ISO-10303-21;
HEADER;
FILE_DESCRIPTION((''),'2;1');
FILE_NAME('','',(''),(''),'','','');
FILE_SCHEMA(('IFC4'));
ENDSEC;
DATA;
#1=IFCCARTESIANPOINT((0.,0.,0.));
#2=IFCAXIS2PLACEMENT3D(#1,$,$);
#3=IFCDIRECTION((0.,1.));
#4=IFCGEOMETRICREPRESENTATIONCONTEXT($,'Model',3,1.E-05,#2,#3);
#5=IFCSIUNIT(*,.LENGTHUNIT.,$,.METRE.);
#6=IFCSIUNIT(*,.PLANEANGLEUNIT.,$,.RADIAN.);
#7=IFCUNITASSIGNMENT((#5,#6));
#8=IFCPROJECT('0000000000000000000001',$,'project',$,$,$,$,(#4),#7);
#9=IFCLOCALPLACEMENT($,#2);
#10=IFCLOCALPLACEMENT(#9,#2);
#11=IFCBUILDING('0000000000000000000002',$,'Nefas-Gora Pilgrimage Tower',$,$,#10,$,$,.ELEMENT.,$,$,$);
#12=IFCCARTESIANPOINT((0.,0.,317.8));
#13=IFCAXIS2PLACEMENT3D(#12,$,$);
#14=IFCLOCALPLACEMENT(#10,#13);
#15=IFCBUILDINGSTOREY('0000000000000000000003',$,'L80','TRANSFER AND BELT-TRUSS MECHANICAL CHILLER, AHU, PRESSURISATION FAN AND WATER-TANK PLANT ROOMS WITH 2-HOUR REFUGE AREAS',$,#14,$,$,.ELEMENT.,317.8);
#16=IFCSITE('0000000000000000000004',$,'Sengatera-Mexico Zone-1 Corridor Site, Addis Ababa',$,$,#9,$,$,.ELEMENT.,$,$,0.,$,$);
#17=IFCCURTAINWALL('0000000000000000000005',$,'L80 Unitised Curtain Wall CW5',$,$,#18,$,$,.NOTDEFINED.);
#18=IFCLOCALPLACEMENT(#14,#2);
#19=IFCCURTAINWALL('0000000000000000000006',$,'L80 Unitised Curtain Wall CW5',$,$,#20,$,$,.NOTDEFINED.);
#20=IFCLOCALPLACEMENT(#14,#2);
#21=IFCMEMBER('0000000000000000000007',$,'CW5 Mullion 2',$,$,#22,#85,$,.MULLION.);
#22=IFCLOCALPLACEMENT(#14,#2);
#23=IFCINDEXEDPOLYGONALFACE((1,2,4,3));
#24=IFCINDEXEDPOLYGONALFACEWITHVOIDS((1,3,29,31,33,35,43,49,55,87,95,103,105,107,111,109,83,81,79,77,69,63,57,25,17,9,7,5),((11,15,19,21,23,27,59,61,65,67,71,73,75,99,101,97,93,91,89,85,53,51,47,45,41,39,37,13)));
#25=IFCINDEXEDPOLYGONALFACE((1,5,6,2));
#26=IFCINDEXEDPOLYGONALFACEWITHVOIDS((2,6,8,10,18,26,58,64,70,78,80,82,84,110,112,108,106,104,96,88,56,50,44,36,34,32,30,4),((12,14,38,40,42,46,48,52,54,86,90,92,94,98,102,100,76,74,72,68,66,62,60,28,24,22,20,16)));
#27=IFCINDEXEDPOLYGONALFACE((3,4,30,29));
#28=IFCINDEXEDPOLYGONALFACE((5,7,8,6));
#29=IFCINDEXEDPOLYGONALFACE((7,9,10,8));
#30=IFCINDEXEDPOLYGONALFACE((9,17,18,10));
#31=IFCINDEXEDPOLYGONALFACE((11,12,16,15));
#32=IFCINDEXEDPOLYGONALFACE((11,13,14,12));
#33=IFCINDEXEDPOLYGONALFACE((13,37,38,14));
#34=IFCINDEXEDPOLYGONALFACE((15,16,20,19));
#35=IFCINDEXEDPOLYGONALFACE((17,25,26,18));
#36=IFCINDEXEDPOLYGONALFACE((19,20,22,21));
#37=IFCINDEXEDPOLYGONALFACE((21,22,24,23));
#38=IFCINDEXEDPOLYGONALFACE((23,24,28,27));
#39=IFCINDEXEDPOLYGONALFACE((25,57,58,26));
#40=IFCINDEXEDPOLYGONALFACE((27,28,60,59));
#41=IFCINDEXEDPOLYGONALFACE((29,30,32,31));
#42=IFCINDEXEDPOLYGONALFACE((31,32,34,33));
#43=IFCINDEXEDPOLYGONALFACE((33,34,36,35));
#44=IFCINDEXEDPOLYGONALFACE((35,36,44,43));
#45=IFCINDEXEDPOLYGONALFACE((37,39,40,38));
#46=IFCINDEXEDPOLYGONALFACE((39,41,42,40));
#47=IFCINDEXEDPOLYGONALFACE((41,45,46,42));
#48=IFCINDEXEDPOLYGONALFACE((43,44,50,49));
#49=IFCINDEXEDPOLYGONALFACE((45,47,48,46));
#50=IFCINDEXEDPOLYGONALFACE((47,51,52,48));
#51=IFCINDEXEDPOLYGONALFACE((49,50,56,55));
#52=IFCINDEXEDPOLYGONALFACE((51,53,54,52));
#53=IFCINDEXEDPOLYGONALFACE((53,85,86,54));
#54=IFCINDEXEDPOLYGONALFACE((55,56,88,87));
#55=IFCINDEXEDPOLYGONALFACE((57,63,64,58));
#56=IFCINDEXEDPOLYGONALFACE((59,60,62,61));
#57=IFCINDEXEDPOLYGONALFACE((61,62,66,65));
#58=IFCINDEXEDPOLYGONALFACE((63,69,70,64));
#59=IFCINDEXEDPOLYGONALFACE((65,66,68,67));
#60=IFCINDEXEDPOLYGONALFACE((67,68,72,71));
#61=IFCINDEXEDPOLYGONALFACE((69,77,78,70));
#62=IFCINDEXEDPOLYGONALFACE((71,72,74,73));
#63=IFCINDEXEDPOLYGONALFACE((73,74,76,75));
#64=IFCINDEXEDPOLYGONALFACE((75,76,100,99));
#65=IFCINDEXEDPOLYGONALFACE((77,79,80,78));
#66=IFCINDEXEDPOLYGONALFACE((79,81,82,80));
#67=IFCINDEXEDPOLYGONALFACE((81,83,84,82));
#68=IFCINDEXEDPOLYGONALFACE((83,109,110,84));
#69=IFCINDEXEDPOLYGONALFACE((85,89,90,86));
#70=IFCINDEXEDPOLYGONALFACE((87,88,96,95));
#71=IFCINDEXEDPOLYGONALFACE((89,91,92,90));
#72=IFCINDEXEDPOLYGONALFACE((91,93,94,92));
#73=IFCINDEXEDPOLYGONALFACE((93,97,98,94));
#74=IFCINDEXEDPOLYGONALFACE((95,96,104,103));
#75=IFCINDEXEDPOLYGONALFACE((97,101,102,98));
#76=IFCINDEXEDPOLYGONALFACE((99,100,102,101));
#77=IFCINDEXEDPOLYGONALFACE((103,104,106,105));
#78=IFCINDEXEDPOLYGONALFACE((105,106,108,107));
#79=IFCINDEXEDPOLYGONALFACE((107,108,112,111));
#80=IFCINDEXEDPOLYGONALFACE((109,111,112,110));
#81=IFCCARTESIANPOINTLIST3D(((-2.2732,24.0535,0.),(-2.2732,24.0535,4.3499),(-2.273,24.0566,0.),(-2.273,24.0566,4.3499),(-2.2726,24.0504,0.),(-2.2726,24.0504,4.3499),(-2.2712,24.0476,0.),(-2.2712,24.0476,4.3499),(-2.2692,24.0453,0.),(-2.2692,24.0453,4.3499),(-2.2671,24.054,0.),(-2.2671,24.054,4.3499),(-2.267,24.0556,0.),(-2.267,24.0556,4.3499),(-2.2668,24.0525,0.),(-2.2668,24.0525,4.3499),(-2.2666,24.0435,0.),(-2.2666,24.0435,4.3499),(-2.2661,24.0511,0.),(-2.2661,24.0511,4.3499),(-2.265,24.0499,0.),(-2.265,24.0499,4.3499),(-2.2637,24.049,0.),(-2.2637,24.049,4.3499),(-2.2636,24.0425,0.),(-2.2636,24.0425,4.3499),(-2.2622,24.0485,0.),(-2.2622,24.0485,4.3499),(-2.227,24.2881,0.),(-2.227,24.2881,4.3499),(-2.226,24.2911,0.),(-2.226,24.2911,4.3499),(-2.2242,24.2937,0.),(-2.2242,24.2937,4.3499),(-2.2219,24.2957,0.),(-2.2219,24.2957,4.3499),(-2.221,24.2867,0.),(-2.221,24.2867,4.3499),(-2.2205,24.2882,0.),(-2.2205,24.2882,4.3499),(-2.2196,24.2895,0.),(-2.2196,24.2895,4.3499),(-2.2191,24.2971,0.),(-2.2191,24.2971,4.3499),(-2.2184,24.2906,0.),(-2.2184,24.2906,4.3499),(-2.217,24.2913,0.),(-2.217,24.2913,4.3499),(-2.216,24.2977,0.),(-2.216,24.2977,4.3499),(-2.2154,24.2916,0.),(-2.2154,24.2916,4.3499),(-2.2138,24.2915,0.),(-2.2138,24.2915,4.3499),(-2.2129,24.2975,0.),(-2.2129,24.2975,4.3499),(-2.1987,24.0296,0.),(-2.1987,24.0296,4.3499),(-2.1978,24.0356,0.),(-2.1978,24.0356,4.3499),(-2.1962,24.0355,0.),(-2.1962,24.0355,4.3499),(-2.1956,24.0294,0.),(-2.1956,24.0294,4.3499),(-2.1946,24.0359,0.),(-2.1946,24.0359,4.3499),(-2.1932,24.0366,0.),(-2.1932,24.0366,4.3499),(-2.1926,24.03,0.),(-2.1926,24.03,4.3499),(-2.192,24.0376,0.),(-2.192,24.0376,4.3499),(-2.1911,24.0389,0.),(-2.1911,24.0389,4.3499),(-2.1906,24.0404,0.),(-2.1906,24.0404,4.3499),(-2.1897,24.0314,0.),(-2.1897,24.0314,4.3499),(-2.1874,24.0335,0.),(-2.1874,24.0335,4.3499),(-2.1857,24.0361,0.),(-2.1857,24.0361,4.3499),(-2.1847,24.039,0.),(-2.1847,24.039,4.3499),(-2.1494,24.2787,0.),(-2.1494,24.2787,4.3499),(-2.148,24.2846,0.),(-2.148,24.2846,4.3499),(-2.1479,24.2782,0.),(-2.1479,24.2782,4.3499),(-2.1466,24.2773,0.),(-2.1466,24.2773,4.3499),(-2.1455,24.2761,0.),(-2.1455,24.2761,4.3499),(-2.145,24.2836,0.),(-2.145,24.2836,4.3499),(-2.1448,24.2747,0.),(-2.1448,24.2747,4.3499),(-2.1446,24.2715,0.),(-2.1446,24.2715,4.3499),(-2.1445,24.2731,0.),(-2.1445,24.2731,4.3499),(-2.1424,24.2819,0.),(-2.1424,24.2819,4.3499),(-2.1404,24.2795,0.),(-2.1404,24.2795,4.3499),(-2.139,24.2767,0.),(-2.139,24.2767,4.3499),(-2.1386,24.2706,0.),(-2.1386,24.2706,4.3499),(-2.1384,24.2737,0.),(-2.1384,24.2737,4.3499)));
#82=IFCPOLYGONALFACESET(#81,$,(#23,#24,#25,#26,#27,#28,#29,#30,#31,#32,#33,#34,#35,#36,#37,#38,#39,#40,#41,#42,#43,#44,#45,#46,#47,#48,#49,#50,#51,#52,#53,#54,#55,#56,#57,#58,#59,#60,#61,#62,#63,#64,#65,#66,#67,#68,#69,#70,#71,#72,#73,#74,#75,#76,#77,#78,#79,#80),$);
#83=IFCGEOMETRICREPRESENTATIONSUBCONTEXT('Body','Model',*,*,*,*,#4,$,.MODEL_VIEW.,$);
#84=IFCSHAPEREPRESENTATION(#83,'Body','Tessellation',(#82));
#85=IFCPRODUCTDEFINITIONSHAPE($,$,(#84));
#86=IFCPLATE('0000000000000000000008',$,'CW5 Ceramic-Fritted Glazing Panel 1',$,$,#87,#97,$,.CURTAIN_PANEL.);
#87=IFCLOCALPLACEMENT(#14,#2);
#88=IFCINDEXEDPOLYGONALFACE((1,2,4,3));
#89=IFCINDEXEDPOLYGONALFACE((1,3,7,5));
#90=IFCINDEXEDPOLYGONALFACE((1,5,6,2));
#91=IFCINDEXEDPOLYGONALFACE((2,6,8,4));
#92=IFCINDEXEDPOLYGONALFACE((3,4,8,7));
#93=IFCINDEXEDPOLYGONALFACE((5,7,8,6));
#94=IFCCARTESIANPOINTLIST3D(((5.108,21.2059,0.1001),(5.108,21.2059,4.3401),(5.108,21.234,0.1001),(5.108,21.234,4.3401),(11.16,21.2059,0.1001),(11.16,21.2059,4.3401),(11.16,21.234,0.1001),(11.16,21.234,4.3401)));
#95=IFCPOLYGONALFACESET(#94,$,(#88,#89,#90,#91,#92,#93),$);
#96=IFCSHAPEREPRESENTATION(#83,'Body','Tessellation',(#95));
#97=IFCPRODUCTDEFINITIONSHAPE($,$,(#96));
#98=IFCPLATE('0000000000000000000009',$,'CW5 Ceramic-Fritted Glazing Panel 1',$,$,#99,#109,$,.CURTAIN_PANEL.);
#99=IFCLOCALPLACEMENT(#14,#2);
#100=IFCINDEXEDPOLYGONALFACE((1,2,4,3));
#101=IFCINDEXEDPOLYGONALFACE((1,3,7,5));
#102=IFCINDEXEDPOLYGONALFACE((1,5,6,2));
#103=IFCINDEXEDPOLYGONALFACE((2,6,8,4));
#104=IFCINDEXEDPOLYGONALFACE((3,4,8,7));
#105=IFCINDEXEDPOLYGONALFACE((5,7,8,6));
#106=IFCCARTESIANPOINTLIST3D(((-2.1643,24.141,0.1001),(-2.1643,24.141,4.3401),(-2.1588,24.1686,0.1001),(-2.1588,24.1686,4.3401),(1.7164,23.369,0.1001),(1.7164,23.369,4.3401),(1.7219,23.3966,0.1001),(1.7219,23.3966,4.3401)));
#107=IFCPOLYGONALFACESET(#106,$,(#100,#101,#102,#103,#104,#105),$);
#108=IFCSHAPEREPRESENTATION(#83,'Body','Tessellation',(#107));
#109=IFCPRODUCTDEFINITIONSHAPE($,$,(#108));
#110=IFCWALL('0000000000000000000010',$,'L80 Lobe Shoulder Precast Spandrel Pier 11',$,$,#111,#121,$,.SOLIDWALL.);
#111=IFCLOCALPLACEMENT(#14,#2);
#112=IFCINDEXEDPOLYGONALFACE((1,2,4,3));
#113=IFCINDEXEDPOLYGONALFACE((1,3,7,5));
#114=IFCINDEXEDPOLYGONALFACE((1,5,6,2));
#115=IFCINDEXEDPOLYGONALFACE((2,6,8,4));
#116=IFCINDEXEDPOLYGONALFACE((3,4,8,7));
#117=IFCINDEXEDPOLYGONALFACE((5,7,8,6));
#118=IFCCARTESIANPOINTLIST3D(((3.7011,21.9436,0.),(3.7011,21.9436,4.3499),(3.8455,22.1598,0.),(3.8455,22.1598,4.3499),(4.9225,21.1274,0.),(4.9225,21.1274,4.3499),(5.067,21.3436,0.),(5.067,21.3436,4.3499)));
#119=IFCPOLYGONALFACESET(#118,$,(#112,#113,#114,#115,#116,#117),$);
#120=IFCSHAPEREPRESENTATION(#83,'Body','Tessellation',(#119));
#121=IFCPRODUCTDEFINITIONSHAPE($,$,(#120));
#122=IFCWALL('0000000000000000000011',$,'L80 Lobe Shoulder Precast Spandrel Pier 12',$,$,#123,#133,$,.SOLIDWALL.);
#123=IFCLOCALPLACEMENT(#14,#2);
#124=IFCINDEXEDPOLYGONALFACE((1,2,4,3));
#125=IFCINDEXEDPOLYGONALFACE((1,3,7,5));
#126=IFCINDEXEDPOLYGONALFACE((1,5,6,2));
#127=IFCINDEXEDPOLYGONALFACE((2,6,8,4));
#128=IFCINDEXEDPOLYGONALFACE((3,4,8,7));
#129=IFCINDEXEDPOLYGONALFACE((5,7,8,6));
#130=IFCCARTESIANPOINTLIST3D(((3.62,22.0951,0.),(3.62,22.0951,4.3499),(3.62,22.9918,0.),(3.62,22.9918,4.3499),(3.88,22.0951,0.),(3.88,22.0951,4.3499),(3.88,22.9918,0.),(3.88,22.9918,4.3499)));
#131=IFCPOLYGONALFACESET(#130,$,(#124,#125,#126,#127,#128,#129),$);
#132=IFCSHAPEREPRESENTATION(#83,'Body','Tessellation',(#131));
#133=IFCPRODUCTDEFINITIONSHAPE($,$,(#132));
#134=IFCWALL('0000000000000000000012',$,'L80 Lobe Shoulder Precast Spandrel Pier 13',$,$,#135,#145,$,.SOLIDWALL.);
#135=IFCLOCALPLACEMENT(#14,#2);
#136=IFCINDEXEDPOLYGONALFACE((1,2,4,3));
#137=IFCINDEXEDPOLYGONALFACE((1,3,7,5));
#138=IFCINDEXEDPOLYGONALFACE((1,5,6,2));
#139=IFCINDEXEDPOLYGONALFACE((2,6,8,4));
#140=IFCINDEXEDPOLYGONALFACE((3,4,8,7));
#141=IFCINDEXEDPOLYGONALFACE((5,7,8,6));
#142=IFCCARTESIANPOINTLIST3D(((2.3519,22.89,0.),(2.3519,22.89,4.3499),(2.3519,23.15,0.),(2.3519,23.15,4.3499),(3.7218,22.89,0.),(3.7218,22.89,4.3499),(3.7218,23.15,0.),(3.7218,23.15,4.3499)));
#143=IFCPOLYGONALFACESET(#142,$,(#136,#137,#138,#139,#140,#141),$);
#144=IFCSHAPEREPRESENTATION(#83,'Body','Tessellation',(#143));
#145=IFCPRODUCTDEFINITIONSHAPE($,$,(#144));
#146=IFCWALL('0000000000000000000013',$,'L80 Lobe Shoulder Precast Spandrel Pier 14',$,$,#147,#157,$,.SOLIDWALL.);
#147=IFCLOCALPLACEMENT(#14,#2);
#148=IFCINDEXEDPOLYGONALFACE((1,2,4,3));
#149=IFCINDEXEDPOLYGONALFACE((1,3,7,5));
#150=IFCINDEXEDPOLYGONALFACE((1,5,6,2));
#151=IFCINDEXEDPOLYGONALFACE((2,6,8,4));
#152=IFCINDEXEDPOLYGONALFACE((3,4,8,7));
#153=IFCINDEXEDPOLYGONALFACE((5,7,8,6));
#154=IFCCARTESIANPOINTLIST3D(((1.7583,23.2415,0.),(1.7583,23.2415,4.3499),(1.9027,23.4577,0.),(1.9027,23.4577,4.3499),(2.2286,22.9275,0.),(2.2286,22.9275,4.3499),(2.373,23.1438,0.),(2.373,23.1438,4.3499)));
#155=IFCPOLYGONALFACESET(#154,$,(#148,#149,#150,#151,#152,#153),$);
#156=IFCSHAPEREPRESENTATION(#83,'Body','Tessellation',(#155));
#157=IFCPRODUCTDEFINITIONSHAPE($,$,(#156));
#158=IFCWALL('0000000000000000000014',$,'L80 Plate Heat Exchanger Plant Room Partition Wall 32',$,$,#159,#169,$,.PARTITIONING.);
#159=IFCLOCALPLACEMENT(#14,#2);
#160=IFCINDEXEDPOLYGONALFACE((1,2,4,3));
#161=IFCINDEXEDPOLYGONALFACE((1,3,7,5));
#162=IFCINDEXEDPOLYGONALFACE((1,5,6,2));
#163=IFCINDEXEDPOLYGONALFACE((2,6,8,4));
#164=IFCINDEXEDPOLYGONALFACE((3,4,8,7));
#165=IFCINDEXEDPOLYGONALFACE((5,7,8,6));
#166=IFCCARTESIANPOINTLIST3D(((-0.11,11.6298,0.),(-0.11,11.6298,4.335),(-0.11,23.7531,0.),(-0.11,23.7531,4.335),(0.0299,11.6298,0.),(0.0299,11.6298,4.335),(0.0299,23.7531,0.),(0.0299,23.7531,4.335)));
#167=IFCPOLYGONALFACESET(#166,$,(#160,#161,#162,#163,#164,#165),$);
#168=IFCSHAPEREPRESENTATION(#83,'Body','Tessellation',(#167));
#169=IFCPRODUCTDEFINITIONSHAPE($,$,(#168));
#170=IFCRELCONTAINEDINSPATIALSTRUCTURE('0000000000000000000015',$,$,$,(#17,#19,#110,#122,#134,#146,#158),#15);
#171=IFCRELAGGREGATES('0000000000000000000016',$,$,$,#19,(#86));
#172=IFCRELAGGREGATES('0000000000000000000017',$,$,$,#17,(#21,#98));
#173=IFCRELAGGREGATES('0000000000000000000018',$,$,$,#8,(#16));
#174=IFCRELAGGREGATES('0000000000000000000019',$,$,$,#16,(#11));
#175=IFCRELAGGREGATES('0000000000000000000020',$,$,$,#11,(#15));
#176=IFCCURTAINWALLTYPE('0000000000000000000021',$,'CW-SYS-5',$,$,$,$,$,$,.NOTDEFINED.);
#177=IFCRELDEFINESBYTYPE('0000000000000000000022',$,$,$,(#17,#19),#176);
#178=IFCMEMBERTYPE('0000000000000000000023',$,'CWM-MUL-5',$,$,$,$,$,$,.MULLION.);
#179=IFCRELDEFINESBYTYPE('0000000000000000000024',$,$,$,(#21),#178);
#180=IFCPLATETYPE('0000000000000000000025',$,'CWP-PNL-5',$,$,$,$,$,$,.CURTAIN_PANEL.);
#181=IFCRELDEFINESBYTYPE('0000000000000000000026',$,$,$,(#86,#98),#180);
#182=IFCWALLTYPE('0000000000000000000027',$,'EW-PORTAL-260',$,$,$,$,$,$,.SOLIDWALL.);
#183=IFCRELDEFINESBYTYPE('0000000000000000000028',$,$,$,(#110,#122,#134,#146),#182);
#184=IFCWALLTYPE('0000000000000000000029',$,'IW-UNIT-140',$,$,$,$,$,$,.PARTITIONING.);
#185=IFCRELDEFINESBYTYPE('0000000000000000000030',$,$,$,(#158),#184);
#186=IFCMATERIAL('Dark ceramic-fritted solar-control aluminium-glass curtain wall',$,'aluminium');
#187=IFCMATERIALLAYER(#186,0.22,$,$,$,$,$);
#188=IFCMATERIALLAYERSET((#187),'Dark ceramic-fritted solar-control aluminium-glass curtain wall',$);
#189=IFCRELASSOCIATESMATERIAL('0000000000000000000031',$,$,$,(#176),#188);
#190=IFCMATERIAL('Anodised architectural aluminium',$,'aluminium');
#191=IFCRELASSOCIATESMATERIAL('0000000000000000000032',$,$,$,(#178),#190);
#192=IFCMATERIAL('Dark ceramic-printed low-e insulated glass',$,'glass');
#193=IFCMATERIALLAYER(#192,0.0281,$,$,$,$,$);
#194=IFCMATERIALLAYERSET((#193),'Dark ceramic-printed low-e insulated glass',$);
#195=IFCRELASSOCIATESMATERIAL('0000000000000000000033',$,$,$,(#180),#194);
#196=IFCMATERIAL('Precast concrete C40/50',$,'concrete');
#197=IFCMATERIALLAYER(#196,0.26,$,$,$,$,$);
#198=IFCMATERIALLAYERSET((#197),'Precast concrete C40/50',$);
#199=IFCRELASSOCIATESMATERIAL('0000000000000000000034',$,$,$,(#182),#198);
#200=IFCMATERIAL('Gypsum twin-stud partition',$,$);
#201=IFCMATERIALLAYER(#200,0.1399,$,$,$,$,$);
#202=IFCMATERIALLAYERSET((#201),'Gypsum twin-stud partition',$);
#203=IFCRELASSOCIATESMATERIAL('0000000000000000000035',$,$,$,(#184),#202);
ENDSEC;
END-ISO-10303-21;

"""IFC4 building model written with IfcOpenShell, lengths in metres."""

from ifc_helpers import new_model, si_unit, direction, frame, frame_2d, origin, origin_2d, place, context, subcontext, project, spatial, rectangle, hollow_rectangle, extrude, source, transform, mapped, material, layer, layer_set, material_profile, profile_set, type_object, element, aggregate, save


model = new_model("IFC4")

# Units and contexts
model_context = context("Model", 3, precision=1e-05, world=origin(), true_north=direction((0.0, 1.0)))
body_context = subcontext(model_context, "Body", "Model", "MODEL_VIEW")
ifc_project = project(units=[si_unit("LENGTHUNIT", "METRE"), si_unit("PLANEANGLEUNIT", "RADIAN")], contexts=[model_context])

# Site, building, storey
site_placement = place(None, origin())
site = spatial("IfcSite", under=ifc_project, at=site_placement, Name="Sengatera-Mexico Zone-1 Corridor Site, Addis Ababa", CompositionType="ELEMENT", RefElevation=0.0)
building_placement = place(site_placement, origin())
building = spatial("IfcBuilding", under=site, at=building_placement, Name="Nefas-Gora Pilgrimage Tower", CompositionType="ELEMENT")
storey_placement = place(building_placement, frame((0.0, 0.0, 317.8)))
storey = spatial("IfcBuildingStorey", under=building, at=storey_placement, Name="L80", Description="TRANSFER AND BELT-TRUSS MECHANICAL CHILLER, AHU, PRESSURISATION FAN AND WATER-TANK PLANT ROOMS WITH 2-HOUR REFUGE AREAS", CompositionType="ELEMENT", Elevation=317.8)

# Curtain walls
ifc_material_1 = material(Name="Dark ceramic-fritted solar-control aluminium-glass curtain wall", Category="aluminium")
ifc_layer_1 = layer(ifc_material_1, 0.22)
ifc_layer_set_1 = layer_set([ifc_layer_1], Name="Dark ceramic-fritted solar-control aluminium-glass curtain wall")
curtain_wall_type = type_object("IfcCurtainWallType", Name="CW-SYS-5", PredefinedType="NOTDEFINED", material=ifc_layer_set_1)
curtain_wall_1_placement = place(storey_placement, origin())
curtain_wall_1 = element("IfcCurtainWall", 1, at=curtain_wall_1_placement, inside=storey, type_object=curtain_wall_type, Name="L80 Unitised Curtain Wall CW5", PredefinedType="NOTDEFINED")
ifc_material_2 = material(Name="Anodised architectural aluminium", Category="aluminium")
curtain_wall_2_placement = place(storey_placement, origin())
curtain_wall_2 = element("IfcCurtainWall", 2, at=curtain_wall_2_placement, inside=storey, type_object=curtain_wall_type, Name="L80 Unitised Curtain Wall CW5", PredefinedType="NOTDEFINED")
ifc_material_profile_1 = material_profile(ifc_material_2, hollow_rectangle(XDim=0.0901, YDim=0.26, WallThickness=0.0061, InnerFilletRadius=0.0061, OuterFilletRadius=0.012, at=origin_2d()), Name="ALU MULLION 90x260")
ifc_profile_set_1 = profile_set([ifc_material_profile_1], Name="Anodised architectural aluminium")
member_type_1 = type_object("IfcMemberType", Name="CWM-MUL-5", PredefinedType="MULLION", material=ifc_profile_set_1)
shared_shape_1 = source(origin(), body_context, "Body", "SweptSolid", [
    extrude(hollow_rectangle(XDim=0.0901, YDim=0.26, WallThickness=0.0061, InnerFilletRadius=0.0061, OuterFilletRadius=0.012, at=origin_2d()), origin(), (0.0, 0.0, 1.0), 4.3499),
])

# Member
member_1_placement = place(storey_placement, frame((-2.2058, 24.1636, 0.0), z_axis=(0.0, 0.0, 1.0), x_axis=(-0.980783, 0.195102, 0.0)))
member_1 = element("IfcMember", 3, at=member_1_placement, type_object=member_type_1, Name="CW5 Mullion 2", PredefinedType="MULLION", context=body_context, shape_type="MappedRepresentation", body=[
    mapped(shared_shape_1, transform((0.0, 0.0, 0.0), x_axis=(1.0, 0.0, 0.0), y_axis=(0.0, 1.0, 0.0), z_axis=(0.0, 0.0, 1.0), scale=1.0)),
])

# Plates
ifc_material_3 = material(Name="Dark ceramic-printed low-e insulated glass", Category="glass")
ifc_layer_2 = layer(ifc_material_3, 0.0281)
ifc_layer_set_2 = layer_set([ifc_layer_2], Name="Dark ceramic-printed low-e insulated glass")
plate_type = type_object("IfcPlateType", Name="CWP-PNL-5", PredefinedType="CURTAIN_PANEL", material=ifc_layer_set_2)
shared_shape_2 = source(origin(), body_context, "Body", "SweptSolid", [
    extrude(rectangle(XDim=6.052, YDim=0.0281, at=origin_2d()), origin(), (0.0, 0.0, 1.0), 4.24),
])
plate_1_placement = place(storey_placement, frame((8.134, 21.22, 0.1001), z_axis=(0.0, 0.0, 1.0), x_axis=(-1.0, 0.0, 0.0)))
plate_1 = element("IfcPlate", 4, at=plate_1_placement, type_object=plate_type, Name="CW5 Ceramic-Fritted Glazing Panel 1", PredefinedType="CURTAIN_PANEL", context=body_context, shape_type="MappedRepresentation", body=[
    mapped(shared_shape_2, transform((0.0, 0.0, 0.0), x_axis=(1.0, 0.0, 0.0), y_axis=(0.0, 1.0, 0.0), z_axis=(0.0, 0.0, 1.0), scale=1.0)),
])
aggregate(curtain_wall_2, [plate_1])
shared_shape_3 = source(origin(), body_context, "Body", "SweptSolid", [
    extrude(rectangle(XDim=3.9568, YDim=0.0281, at=origin_2d()), origin(), (0.0, 0.0, 1.0), 4.24),
])
plate_2_placement = place(storey_placement, frame((-0.2212, 23.7688, 0.1001), z_axis=(0.0, 0.0, 1.0), x_axis=(-0.980783, 0.195102, 0.0)))
plate_2 = element("IfcPlate", 5, at=plate_2_placement, type_object=plate_type, Name="CW5 Ceramic-Fritted Glazing Panel 1", PredefinedType="CURTAIN_PANEL", context=body_context, shape_type="MappedRepresentation", body=[
    mapped(shared_shape_3, transform((0.0, 0.0, 0.0), x_axis=(1.0, 0.0, 0.0), y_axis=(0.0, 1.0, 0.0), z_axis=(0.0, 0.0, 1.0), scale=1.0)),
])
aggregate(curtain_wall_1, [member_1, plate_2])

# Walls
ifc_material_4 = material(Name="Precast concrete C40/50", Category="concrete")
ifc_layer_3 = layer(ifc_material_4, 0.26)
ifc_layer_set_3 = layer_set([ifc_layer_3], Name="Precast concrete C40/50")
wall_type_1 = type_object("IfcWallType", Name="EW-PORTAL-260", PredefinedType="SOLIDWALL", material=ifc_layer_set_3)
shared_shape_4 = source(origin(), body_context, "Body", "SweptSolid", [
    extrude(rectangle(XDim=1.469, YDim=0.26, at=frame_2d((0.7344, 0.0))), origin(), (0.0, 0.0, 1.0), 4.3499),
])
wall_1_placement = place(storey_placement, frame((4.9946, 21.2356, 0.0), z_axis=(0.0, 0.0, 1.0), x_axis=(-0.831462, 0.555582, 0.0)))
element("IfcWall", 6, at=wall_1_placement, inside=storey, type_object=wall_type_1, Name="L80 Lobe Shoulder Precast Spandrel Pier 11", PredefinedType="SOLIDWALL", context=body_context, shape_type="MappedRepresentation", body=[
    mapped(shared_shape_4, transform((0.0, 0.0, 0.0), x_axis=(1.0, 0.0, 0.0), y_axis=(0.0, 1.0, 0.0), z_axis=(0.0, 0.0, 1.0), scale=1.0)),
])
shared_shape_5 = source(origin(), body_context, "Body", "SweptSolid", [
    extrude(rectangle(XDim=0.8967, YDim=0.26, at=frame_2d((0.4482, 0.0))), origin(), (0.0, 0.0, 1.0), 4.3499),
])
wall_2_placement = place(storey_placement, frame((3.75, 22.0952, 0.0), z_axis=(0.0, 0.0, 1.0), x_axis=(0.0, 1.0, 0.0)))
element("IfcWall", 7, at=wall_2_placement, inside=storey, type_object=wall_type_1, Name="L80 Lobe Shoulder Precast Spandrel Pier 12", PredefinedType="SOLIDWALL", context=body_context, shape_type="MappedRepresentation", body=[
    mapped(shared_shape_5, transform((0.0, 0.0, 0.0), x_axis=(1.0, 0.0, 0.0), y_axis=(0.0, 1.0, 0.0), z_axis=(0.0, 0.0, 1.0), scale=1.0)),
])
shared_shape_6 = source(origin(), body_context, "Body", "SweptSolid", [
    extrude(rectangle(XDim=1.3699, YDim=0.26, at=frame_2d((0.6851, 0.0))), origin(), (0.0, 0.0, 1.0), 4.3499),
])
wall_3_placement = place(storey_placement, frame((3.7219, 23.02, 0.0), z_axis=(0.0, 0.0, 1.0), x_axis=(-1.0, 0.0, 0.0)))
element("IfcWall", 8, at=wall_3_placement, inside=storey, type_object=wall_type_1, Name="L80 Lobe Shoulder Precast Spandrel Pier 13", PredefinedType="SOLIDWALL", context=body_context, shape_type="MappedRepresentation", body=[
    mapped(shared_shape_6, transform((0.0, 0.0, 0.0), x_axis=(1.0, 0.0, 0.0), y_axis=(0.0, 1.0, 0.0), z_axis=(0.0, 0.0, 1.0), scale=1.0)),
])
shared_shape_7 = source(origin(), body_context, "Body", "SweptSolid", [
    extrude(rectangle(XDim=0.5654, YDim=0.26, at=frame_2d((0.2827, 0.0))), origin(), (0.0, 0.0, 1.0), 4.3499),
])
wall_4_placement = place(storey_placement, frame((2.3008, 23.0356, 0.0), z_axis=(0.0, 0.0, 1.0), x_axis=(-0.831651, 0.555298, 0.0)))
element("IfcWall", 9, at=wall_4_placement, inside=storey, type_object=wall_type_1, Name="L80 Lobe Shoulder Precast Spandrel Pier 14", PredefinedType="SOLIDWALL", context=body_context, shape_type="MappedRepresentation", body=[
    mapped(shared_shape_7, transform((0.0, 0.0, 0.0), x_axis=(1.0, 0.0, 0.0), y_axis=(0.0, 1.0, 0.0), z_axis=(0.0, 0.0, 1.0), scale=1.0)),
])

# Wall
ifc_material_5 = material(Name="Gypsum twin-stud partition")
ifc_layer_4 = layer(ifc_material_5, 0.1399)
ifc_layer_set_4 = layer_set([ifc_layer_4], Name="Gypsum twin-stud partition")
wall_type_2 = type_object("IfcWallType", Name="IW-UNIT-140", PredefinedType="PARTITIONING", material=ifc_layer_set_4)
shared_shape_8 = source(origin(), body_context, "Body", "SweptSolid", [
    extrude(rectangle(XDim=12.1233, YDim=0.1399, at=frame_2d((6.0615, 0.0))), origin(), (0.0, 0.0, 1.0), 4.335),
])
wall_5_placement = place(storey_placement, frame((-0.04, 11.6299, 0.0), z_axis=(0.0, 0.0, 1.0), x_axis=(0.0, 1.0, 0.0)))
element("IfcWall", 10, at=wall_5_placement, inside=storey, type_object=wall_type_2, Name="L80 Plate Heat Exchanger Plant Room Partition Wall 32", PredefinedType="PARTITIONING", context=body_context, shape_type="MappedRepresentation", body=[
    mapped(shared_shape_8, transform((0.0, 0.0, 0.0), x_axis=(1.0, 0.0, 0.0), y_axis=(0.0, 1.0, 0.0), z_axis=(0.0, 0.0, 1.0), scale=1.0)),
])

save(model, "model.ifc")
